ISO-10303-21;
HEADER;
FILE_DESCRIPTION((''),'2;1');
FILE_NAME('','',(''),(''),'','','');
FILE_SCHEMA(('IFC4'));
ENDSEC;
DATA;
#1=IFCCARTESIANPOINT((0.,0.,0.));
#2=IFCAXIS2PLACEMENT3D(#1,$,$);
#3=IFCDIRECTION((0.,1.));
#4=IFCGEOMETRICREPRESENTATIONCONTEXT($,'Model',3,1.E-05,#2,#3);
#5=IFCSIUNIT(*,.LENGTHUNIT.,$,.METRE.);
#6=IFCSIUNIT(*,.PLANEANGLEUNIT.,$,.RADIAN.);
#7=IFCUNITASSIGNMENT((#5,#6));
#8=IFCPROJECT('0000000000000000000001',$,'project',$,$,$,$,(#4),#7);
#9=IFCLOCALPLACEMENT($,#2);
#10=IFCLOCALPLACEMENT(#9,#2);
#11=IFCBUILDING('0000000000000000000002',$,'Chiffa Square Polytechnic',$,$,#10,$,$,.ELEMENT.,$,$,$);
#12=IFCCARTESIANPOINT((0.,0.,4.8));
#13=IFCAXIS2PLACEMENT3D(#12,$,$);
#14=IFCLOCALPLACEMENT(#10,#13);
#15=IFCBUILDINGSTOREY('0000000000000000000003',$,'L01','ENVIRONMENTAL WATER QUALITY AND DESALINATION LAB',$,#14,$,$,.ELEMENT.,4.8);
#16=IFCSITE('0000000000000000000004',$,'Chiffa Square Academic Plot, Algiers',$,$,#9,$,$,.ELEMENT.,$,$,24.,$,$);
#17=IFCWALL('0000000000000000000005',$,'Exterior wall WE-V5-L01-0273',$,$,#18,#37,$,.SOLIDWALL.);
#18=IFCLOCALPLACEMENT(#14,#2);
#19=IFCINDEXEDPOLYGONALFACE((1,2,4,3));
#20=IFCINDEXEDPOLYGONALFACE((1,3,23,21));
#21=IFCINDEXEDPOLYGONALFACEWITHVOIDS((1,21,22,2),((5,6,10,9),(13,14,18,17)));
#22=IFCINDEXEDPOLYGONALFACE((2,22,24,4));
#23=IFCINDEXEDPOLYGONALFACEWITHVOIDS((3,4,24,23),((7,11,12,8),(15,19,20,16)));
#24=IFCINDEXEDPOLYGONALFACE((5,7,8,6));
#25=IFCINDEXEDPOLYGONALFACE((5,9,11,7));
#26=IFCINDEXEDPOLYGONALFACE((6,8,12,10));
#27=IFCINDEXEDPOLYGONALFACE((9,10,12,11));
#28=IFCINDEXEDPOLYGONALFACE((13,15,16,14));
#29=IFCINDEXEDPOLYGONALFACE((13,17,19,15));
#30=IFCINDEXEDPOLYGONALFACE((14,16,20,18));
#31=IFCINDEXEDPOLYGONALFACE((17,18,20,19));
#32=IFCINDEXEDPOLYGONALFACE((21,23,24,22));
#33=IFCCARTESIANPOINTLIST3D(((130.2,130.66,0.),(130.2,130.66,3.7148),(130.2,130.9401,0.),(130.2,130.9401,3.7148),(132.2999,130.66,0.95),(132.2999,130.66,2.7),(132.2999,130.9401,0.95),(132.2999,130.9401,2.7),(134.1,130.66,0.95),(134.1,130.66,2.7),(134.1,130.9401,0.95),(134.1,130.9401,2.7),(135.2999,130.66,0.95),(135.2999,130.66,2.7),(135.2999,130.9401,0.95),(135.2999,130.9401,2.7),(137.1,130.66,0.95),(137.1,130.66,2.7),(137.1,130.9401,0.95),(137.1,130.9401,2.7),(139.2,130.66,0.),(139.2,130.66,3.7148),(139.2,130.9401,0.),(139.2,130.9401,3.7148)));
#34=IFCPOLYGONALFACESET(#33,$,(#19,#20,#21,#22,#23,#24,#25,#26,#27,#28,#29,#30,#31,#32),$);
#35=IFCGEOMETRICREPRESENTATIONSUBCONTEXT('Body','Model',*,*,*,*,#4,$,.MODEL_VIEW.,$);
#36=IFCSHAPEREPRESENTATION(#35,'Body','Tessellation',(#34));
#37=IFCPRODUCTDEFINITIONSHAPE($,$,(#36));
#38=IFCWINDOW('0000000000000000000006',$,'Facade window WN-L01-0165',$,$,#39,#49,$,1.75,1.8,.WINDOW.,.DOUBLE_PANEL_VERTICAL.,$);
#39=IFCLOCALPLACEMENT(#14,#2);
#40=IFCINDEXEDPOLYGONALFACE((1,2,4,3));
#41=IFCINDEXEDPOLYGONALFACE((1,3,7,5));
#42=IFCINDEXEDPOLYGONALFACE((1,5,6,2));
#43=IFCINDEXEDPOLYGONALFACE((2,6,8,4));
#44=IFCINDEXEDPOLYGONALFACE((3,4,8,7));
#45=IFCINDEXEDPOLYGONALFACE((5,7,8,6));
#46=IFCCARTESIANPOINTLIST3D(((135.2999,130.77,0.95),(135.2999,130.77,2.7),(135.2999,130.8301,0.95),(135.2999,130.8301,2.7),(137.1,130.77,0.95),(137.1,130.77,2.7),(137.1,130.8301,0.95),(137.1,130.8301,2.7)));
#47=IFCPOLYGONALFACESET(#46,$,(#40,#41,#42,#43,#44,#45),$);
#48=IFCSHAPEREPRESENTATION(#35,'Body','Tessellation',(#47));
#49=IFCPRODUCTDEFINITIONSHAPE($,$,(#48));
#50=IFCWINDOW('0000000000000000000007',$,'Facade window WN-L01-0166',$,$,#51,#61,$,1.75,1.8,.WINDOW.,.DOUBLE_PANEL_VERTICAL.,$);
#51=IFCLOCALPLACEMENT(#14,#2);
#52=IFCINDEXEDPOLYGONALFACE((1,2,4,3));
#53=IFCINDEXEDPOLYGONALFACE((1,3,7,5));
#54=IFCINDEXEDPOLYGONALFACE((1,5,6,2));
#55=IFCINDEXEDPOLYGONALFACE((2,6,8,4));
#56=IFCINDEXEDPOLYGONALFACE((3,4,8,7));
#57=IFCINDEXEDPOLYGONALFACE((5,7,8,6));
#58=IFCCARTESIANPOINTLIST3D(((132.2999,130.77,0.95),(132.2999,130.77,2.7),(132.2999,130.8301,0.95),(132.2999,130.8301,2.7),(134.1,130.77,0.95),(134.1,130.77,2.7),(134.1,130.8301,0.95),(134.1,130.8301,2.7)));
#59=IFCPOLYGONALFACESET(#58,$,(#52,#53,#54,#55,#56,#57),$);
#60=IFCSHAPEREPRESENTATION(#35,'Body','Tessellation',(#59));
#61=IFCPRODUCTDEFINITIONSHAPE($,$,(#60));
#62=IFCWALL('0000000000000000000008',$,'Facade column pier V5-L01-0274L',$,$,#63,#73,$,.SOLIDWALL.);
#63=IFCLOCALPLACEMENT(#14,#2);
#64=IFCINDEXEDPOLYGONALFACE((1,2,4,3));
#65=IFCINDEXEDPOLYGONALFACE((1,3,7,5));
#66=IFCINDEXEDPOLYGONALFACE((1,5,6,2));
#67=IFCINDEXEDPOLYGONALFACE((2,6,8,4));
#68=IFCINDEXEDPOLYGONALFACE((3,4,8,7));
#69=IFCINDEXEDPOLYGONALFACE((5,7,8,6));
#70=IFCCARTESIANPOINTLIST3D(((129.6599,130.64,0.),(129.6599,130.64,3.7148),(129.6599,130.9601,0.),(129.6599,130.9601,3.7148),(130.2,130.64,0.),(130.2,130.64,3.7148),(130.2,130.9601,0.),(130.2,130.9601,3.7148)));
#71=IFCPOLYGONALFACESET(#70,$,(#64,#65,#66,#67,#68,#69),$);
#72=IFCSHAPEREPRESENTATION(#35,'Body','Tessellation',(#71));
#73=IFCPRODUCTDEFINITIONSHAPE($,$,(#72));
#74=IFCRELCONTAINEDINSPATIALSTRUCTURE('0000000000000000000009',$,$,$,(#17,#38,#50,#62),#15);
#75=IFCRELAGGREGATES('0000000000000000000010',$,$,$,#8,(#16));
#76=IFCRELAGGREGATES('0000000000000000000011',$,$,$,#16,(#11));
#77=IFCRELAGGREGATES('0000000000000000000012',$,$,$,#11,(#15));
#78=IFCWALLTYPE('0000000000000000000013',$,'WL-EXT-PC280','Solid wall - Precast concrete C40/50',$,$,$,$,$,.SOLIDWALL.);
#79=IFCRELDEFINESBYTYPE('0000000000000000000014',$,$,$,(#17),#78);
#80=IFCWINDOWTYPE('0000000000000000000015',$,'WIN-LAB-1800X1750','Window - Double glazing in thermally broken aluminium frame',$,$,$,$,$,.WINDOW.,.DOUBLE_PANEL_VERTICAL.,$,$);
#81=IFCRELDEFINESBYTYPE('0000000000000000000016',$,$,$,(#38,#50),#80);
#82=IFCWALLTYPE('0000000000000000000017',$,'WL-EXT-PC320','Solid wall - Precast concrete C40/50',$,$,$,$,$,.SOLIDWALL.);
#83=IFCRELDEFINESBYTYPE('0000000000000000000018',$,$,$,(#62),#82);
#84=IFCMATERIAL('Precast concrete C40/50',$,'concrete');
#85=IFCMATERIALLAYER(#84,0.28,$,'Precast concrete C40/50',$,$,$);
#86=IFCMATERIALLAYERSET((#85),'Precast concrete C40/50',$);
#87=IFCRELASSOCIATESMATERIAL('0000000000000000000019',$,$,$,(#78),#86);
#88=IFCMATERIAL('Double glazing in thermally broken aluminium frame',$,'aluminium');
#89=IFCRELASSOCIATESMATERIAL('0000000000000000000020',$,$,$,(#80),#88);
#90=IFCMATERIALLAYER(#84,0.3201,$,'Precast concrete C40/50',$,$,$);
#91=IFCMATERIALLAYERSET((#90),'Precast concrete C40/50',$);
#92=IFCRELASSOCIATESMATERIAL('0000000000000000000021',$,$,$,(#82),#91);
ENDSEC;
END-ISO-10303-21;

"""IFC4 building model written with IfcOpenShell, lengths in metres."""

from ifc_helpers import new_model, si_unit, direction, frame, frame_2d, origin, place, context, subcontext, project, spatial, rectangle, extrude, material, layer, layer_set, type_object, element, fill, save


model = new_model("IFC4")

# Units and contexts
model_context = context("Model", 3, precision=1e-05, world=origin(), true_north=direction((0.0, 1.0)))
body_context = subcontext(model_context, "Body", "Model", "MODEL_VIEW")
ifc_project = project(units=[si_unit("LENGTHUNIT", "METRE"), si_unit("PLANEANGLEUNIT", "RADIAN")], contexts=[model_context])

# Site, building, storey
site_placement = place(None, origin())
site = spatial("IfcSite", under=ifc_project, at=site_placement, Name="Chiffa Square Academic Plot, Algiers", CompositionType="ELEMENT", RefElevation=24.0)
building_placement = place(site_placement, origin())
building = spatial("IfcBuilding", under=site, at=building_placement, Name="Chiffa Square Polytechnic", CompositionType="ELEMENT")
storey_placement = place(building_placement, frame((0.0, 0.0, 4.8)))
storey = spatial("IfcBuildingStorey", under=building, at=storey_placement, Name="L01", Description="ENVIRONMENTAL WATER QUALITY AND DESALINATION LAB", CompositionType="ELEMENT", Elevation=4.8)

# Wall, openings, windows
ifc_material_1 = material(Name="Precast concrete C40/50", Category="concrete")
ifc_layer_1 = layer(ifc_material_1, 0.28, Name="Precast concrete C40/50")
ifc_layer_set_1 = layer_set([ifc_layer_1], Name="Precast concrete C40/50")
wall_type_1 = type_object("IfcWallType", Name="WL-EXT-PC280", Description="Solid wall - Precast concrete C40/50", PredefinedType="SOLIDWALL", material=ifc_layer_set_1)
wall_1_placement = place(storey_placement, frame((139.2, 130.8, 0.0), z_axis=(0.0, 0.0, 1.0), x_axis=(-1.0, 0.0, 0.0)))
wall_1 = element("IfcWall", 1, at=wall_1_placement, inside=storey, type_object=wall_type_1, Name="Exterior wall WE-V5-L01-0273", PredefinedType="SOLIDWALL", context=body_context, shape_type="SweptSolid", body=[
    extrude(rectangle(XDim=9.0, YDim=0.28, at=frame_2d((4.5, 0.0))), origin(), (0.0, 0.0, 1.0), 3.7148),
])
opening_1_placement = place(wall_1_placement, frame((2.1001, 0.0, 0.95)))
opening_1 = element("IfcOpeningElement", 2, at=opening_1_placement, cuts=wall_1, PredefinedType="OPENING", context=body_context, shape_type="SweptSolid", body=[
    extrude(rectangle(XDim=1.8, YDim=1.75, at=frame_2d((0.8999, 0.875))), frame((0.0, 0.1499, 0.0), z_axis=(0.0, -1.0, 0.0), x_axis=(1.0, 0.0, 0.0)), (0.0, 0.0, 1.0), 0.3),
])
opening_2_placement = place(wall_1_placement, frame((5.1001, 0.0, 0.95)))
opening_2 = element("IfcOpeningElement", 3, at=opening_2_placement, cuts=wall_1, PredefinedType="OPENING", context=body_context, shape_type="SweptSolid", body=[
    extrude(rectangle(XDim=1.8, YDim=1.75, at=frame_2d((0.8999, 0.875))), frame((0.0, 0.1499, 0.0), z_axis=(0.0, -1.0, 0.0), x_axis=(1.0, 0.0, 0.0)), (0.0, 0.0, 1.0), 0.3),
])
ifc_material_2 = material(Name="Double glazing in thermally broken aluminium frame", Category="aluminium")
window_type = type_object("IfcWindowType", Name="WIN-LAB-1800X1750", Description="Window - Double glazing in thermally broken aluminium frame", PartitioningType="DOUBLE_PANEL_VERTICAL", PredefinedType="WINDOW", material=ifc_material_2)
window_1_placement = place(opening_1_placement, origin())
window_1 = element("IfcWindow", 4, at=window_1_placement, inside=storey, type_object=window_type, Name="Facade window WN-L01-0165", OverallHeight=1.75, OverallWidth=1.8, PartitioningType="DOUBLE_PANEL_VERTICAL", PredefinedType="WINDOW", context=body_context, shape_type="SweptSolid", body=[
    extrude(rectangle(XDim=1.8, YDim=1.75, at=frame_2d((0.8999, 0.875))), frame((0.0, 0.03, 0.0), z_axis=(0.0, -1.0, 0.0), x_axis=(1.0, 0.0, 0.0)), (0.0, 0.0, 1.0), 0.0601),
])
fill(opening_1, window_1)
window_2_placement = place(opening_2_placement, origin())
window_2 = element("IfcWindow", 5, at=window_2_placement, inside=storey, type_object=window_type, Name="Facade window WN-L01-0166", OverallHeight=1.75, OverallWidth=1.8, PartitioningType="DOUBLE_PANEL_VERTICAL", PredefinedType="WINDOW", context=body_context, shape_type="SweptSolid", body=[
    extrude(rectangle(XDim=1.8, YDim=1.75, at=frame_2d((0.8999, 0.875))), frame((0.0, 0.03, 0.0), z_axis=(0.0, -1.0, 0.0), x_axis=(1.0, 0.0, 0.0)), (0.0, 0.0, 1.0), 0.0601),
])
fill(opening_2, window_2)

# Wall
ifc_layer_2 = layer(ifc_material_1, 0.3201, Name="Precast concrete C40/50")
ifc_layer_set_2 = layer_set([ifc_layer_2], Name="Precast concrete C40/50")
wall_type_2 = type_object("IfcWallType", Name="WL-EXT-PC320", Description="Solid wall - Precast concrete C40/50", PredefinedType="SOLIDWALL", material=ifc_layer_set_2)
wall_2_placement = place(storey_placement, frame((130.2, 130.8, 0.0), z_axis=(0.0, 0.0, 1.0), x_axis=(-1.0, 0.0, 0.0)))
element("IfcWall", 6, at=wall_2_placement, inside=storey, type_object=wall_type_2, Name="Facade column pier V5-L01-0274L", PredefinedType="SOLIDWALL", context=body_context, shape_type="SweptSolid", body=[
    extrude(rectangle(XDim=0.54, YDim=0.3201, at=frame_2d((0.27, 0.0))), origin(), (0.0, 0.0, 1.0), 3.7148),
])

save(model, "model.ifc")
